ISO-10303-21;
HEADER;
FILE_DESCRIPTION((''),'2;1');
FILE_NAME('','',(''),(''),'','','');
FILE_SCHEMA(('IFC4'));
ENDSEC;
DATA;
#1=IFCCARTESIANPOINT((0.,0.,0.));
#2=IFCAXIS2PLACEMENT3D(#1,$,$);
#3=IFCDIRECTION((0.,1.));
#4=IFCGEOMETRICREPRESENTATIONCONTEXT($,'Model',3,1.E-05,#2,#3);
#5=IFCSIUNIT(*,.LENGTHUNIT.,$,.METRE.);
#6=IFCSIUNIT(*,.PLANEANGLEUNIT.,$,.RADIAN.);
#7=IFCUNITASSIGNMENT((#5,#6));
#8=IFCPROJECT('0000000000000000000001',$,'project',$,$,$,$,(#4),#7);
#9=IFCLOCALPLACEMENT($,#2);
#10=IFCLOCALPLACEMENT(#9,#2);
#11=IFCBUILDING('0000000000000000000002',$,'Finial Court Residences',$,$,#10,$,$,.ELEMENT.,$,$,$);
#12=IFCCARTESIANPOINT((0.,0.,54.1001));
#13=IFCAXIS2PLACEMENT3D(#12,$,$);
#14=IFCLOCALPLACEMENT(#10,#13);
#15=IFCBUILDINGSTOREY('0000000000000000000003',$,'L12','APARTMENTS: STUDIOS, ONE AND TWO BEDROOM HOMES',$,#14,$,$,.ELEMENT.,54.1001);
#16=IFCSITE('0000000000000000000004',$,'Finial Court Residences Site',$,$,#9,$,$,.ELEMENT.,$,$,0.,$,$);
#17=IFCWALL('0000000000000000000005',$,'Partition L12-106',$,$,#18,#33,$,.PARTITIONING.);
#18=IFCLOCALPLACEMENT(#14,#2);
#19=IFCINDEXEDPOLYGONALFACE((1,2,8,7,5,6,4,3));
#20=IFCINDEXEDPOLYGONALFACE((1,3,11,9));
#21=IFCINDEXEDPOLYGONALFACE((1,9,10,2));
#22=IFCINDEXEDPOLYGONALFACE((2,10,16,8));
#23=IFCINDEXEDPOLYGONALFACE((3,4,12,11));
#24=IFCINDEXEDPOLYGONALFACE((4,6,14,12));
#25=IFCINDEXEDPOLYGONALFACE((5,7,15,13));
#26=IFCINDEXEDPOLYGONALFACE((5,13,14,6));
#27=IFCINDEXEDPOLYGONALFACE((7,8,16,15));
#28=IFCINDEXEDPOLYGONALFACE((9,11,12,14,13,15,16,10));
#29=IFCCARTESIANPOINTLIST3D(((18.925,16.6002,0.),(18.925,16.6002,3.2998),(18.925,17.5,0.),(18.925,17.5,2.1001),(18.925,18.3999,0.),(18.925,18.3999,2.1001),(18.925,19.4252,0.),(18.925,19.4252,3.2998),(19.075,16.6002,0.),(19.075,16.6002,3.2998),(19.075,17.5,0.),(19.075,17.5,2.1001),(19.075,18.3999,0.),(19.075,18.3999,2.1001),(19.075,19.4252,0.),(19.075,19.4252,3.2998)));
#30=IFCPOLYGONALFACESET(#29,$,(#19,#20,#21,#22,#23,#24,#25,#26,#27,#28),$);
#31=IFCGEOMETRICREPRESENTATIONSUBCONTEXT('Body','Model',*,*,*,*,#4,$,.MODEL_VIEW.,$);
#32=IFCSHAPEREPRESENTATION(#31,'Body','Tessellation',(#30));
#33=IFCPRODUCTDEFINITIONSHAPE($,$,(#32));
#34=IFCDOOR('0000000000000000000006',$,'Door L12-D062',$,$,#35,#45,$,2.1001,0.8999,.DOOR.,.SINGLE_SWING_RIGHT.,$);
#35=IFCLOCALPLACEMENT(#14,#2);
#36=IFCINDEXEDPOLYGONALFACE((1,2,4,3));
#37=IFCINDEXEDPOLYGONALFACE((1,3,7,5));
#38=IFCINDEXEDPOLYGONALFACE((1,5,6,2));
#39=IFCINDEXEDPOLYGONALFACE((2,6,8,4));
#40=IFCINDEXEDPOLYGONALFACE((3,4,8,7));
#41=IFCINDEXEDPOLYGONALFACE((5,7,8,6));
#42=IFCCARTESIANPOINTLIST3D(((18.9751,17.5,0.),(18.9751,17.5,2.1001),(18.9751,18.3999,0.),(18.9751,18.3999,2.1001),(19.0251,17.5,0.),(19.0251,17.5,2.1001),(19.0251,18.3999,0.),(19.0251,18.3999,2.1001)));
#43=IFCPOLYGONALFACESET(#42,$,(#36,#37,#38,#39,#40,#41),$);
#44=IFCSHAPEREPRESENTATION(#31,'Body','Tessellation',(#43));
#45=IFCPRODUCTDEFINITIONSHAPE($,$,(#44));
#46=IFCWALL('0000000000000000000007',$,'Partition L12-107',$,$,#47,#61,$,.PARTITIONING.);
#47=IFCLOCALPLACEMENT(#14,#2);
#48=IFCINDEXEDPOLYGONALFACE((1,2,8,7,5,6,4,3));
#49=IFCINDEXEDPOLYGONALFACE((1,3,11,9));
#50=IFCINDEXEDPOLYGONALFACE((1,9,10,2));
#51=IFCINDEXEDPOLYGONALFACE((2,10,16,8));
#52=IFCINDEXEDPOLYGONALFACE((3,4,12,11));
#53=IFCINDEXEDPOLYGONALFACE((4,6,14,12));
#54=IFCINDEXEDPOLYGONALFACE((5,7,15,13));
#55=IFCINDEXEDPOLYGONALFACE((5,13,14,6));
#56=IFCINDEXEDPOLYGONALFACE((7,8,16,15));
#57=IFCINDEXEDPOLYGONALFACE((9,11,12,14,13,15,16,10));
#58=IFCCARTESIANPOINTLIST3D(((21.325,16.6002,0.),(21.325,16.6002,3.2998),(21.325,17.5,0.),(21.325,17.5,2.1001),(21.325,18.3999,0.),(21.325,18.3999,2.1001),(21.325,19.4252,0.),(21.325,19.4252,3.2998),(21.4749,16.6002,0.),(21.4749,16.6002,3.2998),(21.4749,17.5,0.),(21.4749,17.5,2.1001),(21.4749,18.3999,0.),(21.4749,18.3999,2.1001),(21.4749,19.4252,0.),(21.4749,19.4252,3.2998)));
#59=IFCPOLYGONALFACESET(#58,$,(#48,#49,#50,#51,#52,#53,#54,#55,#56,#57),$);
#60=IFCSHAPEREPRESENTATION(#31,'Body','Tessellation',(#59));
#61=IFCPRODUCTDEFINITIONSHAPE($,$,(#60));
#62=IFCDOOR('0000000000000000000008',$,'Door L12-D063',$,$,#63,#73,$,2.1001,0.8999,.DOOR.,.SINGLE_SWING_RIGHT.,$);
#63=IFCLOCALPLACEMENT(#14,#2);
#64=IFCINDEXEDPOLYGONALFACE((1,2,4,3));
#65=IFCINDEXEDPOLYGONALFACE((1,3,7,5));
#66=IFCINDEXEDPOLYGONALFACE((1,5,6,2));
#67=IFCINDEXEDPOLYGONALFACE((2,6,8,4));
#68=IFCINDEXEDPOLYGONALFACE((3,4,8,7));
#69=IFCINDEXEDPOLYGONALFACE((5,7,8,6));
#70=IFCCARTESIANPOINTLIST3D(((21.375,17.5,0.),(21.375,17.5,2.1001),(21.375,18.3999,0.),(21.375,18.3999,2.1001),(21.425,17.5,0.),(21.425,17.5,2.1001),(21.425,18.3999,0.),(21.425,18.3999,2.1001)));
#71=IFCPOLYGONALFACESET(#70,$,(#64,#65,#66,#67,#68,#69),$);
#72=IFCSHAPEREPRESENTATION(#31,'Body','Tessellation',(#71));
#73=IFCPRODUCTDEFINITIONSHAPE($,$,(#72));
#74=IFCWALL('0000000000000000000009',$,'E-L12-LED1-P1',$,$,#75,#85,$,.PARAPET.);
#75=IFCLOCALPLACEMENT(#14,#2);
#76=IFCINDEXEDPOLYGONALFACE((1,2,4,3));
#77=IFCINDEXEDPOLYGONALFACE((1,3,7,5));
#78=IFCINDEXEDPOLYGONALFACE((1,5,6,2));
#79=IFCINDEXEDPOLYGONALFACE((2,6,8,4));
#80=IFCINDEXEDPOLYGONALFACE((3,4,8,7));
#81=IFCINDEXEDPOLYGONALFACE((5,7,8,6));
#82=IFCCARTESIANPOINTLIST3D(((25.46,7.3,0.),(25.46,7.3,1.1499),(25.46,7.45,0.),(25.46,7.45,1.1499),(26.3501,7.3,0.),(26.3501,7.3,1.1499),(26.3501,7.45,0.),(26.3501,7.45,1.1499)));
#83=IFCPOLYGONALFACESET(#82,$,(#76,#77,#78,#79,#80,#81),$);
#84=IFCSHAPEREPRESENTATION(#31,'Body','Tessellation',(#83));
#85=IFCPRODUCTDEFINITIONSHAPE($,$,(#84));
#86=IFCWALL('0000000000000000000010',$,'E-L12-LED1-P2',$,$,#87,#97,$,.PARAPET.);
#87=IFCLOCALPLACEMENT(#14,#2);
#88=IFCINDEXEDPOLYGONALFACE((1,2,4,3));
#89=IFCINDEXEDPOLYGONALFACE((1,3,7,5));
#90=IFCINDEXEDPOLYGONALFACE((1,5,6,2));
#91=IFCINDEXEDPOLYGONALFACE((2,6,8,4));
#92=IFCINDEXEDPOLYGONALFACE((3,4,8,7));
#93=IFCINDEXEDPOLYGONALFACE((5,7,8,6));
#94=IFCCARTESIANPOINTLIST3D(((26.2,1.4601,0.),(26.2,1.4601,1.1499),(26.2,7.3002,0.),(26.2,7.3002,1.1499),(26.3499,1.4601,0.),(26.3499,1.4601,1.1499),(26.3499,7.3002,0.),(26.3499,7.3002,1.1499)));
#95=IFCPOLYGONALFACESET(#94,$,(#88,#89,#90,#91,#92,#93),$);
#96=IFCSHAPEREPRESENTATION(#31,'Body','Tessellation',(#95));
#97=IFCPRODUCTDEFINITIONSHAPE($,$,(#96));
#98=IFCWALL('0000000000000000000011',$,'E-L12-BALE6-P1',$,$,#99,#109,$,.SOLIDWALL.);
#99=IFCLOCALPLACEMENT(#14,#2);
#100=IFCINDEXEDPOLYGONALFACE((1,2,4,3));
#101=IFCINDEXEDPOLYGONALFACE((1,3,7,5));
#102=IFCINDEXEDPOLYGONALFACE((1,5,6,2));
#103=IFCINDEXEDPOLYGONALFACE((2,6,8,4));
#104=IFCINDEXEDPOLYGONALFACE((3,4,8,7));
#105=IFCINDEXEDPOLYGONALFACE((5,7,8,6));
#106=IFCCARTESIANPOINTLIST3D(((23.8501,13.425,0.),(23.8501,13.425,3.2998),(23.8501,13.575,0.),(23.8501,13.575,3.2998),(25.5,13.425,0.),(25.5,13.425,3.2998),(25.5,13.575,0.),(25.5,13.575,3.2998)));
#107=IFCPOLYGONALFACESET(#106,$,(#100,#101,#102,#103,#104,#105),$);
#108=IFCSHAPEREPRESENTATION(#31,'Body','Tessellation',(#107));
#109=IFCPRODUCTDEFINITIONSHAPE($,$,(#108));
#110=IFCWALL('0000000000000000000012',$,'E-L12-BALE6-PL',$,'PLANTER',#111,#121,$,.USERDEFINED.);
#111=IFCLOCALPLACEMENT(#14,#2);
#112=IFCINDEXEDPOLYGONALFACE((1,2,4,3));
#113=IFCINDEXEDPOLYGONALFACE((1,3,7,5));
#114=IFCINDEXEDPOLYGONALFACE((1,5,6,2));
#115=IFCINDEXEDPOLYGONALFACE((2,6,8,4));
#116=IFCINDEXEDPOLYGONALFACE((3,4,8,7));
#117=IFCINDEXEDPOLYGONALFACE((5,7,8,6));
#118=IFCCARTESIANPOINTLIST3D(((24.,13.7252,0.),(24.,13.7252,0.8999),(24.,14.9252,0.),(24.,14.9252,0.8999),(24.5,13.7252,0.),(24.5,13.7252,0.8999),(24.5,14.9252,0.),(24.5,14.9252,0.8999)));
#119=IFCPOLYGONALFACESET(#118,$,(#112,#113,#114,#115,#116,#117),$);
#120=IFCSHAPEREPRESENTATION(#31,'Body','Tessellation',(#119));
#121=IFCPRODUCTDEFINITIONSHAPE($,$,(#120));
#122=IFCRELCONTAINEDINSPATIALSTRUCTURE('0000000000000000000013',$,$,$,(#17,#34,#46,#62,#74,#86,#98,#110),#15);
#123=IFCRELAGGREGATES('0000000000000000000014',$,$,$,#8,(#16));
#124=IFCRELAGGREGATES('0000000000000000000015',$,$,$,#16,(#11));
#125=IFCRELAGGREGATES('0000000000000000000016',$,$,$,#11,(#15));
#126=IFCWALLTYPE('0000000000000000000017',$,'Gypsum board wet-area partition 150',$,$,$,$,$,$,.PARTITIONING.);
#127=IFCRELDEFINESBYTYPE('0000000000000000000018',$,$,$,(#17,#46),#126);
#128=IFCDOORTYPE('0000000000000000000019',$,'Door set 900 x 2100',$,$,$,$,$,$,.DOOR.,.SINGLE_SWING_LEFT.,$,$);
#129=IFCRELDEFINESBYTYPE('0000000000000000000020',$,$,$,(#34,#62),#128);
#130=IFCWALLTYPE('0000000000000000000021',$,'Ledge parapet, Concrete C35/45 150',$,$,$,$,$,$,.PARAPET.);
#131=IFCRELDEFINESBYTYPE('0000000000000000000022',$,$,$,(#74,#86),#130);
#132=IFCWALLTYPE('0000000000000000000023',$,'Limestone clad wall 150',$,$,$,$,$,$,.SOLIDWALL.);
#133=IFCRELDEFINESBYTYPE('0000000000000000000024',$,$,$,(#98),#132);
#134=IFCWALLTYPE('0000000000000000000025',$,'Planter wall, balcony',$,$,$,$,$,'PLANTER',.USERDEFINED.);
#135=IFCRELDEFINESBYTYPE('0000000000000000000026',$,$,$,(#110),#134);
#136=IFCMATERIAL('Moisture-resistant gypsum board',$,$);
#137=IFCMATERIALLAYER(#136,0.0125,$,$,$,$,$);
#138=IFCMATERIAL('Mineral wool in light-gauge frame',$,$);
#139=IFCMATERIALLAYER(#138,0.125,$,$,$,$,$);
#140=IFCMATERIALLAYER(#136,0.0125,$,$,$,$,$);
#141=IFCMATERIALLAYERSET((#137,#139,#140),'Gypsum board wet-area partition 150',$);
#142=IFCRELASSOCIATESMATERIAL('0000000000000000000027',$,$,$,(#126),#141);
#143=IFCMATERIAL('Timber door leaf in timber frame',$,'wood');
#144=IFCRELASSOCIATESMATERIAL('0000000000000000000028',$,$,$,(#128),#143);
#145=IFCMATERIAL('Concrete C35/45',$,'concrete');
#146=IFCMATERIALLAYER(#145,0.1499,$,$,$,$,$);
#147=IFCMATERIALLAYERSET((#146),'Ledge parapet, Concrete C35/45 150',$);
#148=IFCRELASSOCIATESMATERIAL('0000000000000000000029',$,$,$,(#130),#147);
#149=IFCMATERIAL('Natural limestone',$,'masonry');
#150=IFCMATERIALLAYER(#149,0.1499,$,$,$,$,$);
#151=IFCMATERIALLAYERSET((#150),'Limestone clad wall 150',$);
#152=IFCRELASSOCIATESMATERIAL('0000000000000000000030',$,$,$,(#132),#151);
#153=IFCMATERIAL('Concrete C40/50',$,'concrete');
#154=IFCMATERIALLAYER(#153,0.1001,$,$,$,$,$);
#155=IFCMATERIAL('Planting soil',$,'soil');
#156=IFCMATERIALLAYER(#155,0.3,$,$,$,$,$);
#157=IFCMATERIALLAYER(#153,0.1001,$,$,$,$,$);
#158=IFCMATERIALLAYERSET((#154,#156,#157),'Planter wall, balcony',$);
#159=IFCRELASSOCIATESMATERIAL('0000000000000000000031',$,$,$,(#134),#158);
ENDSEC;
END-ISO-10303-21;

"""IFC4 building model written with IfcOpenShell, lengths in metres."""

from ifc_helpers import new_model, si_unit, direction, frame, frame_2d, origin, place, context, subcontext, project, spatial, rectangle, extrude, material, layer, layer_set, type_object, element, fill, save


model = new_model("IFC4")

# Units and contexts
model_context = context("Model", 3, precision=1e-05, world=origin(), true_north=direction((0.0, 1.0)))
body_context = subcontext(model_context, "Body", "Model", "MODEL_VIEW")
ifc_project = project(units=[si_unit("LENGTHUNIT", "METRE"), si_unit("PLANEANGLEUNIT", "RADIAN")], contexts=[model_context])

# Site, building, storey
site_placement = place(None, origin())
site = spatial("IfcSite", under=ifc_project, at=site_placement, Name="Finial Court Residences Site", CompositionType="ELEMENT", RefElevation=0.0)
building_placement = place(site_placement, origin())
building = spatial("IfcBuilding", under=site, at=building_placement, Name="Finial Court Residences", CompositionType="ELEMENT")
storey_placement = place(building_placement, frame((0.0, 0.0, 54.1001)))
storey = spatial("IfcBuildingStorey", under=building, at=storey_placement, Name="L12", Description="APARTMENTS: STUDIOS, ONE AND TWO BEDROOM HOMES", CompositionType="ELEMENT", Elevation=54.1001)

# Walls, openings, doors
ifc_material_1 = material(Name="Moisture-resistant gypsum board")
ifc_layer_1 = layer(ifc_material_1, 0.0125)
ifc_material_2 = material(Name="Mineral wool in light-gauge frame")
ifc_layer_2 = layer(ifc_material_2, 0.125)
ifc_layer_3 = layer(ifc_material_1, 0.0125)
ifc_layer_set_1 = layer_set([ifc_layer_1, ifc_layer_2, ifc_layer_3], Name="Gypsum board wet-area partition 150")
wall_type_1 = type_object("IfcWallType", Name="Gypsum board wet-area partition 150", PredefinedType="PARTITIONING", material=ifc_layer_set_1)
wall_1_placement = place(storey_placement, frame((19.0, 16.6001, 0.0), z_axis=(0.0, 0.0, 1.0), x_axis=(0.0, 1.0, 0.0)))
wall_1 = element("IfcWall", 1, at=wall_1_placement, inside=storey, type_object=wall_type_1, Name="Partition L12-106", PredefinedType="PARTITIONING", context=body_context, shape_type="SweptSolid", body=[
    extrude(rectangle(XDim=2.825, YDim=0.1499, at=frame_2d((1.4126, 0.0))), origin(), (0.0, 0.0, 1.0), 3.2998),
])
opening_1_placement = place(wall_1_placement, frame((0.8999, 0.0, 0.0)))
opening_1 = element("IfcOpeningElement", 2, at=opening_1_placement, cuts=wall_1, PredefinedType="OPENING", context=body_context, shape_type="SweptSolid", body=[
    extrude(rectangle(XDim=0.8999, YDim=2.1001, at=frame_2d((0.45, 1.05))), frame((0.0, 0.085, 0.0), z_axis=(0.0, -1.0, 0.0), x_axis=(1.0, 0.0, 0.0)), (0.0, 0.0, 1.0), 0.1699),
])
ifc_material_3 = material(Name="Timber door leaf in timber frame", Category="wood")
door_type_1 = type_object("IfcDoorType", Name="Door set 900 x 2100", OperationType="SINGLE_SWING_LEFT", PredefinedType="DOOR", material=ifc_material_3)
door_1_placement = place(opening_1_placement, origin())
door_1 = element("IfcDoor", 3, at=door_1_placement, inside=storey, type_object=door_type_1, Name="Door L12-D062", OperationType="SINGLE_SWING_RIGHT", OverallHeight=2.1001, OverallWidth=0.8999, PredefinedType="DOOR", context=body_context, shape_type="SweptSolid", body=[
    extrude(rectangle(XDim=0.8999, YDim=2.1001, at=frame_2d((0.45, 1.05))), frame((0.0, 0.0249, 0.0), z_axis=(0.0, -1.0, 0.0), x_axis=(1.0, 0.0, 0.0)), (0.0, 0.0, 1.0), 0.05),
])
fill(opening_1, door_1)
wall_2_placement = place(storey_placement, frame((21.3999, 16.6001, 0.0), z_axis=(0.0, 0.0, 1.0), x_axis=(0.0, 1.0, 0.0)))
wall_2 = element("IfcWall", 4, at=wall_2_placement, inside=storey, type_object=wall_type_1, Name="Partition L12-107", PredefinedType="PARTITIONING", context=body_context, shape_type="SweptSolid", body=[
    extrude(rectangle(XDim=2.825, YDim=0.1499, at=frame_2d((1.4126, 0.0))), origin(), (0.0, 0.0, 1.0), 3.2998),
])
opening_2_placement = place(wall_2_placement, frame((0.8999, 0.0, 0.0)))
opening_2 = element("IfcOpeningElement", 5, at=opening_2_placement, cuts=wall_2, PredefinedType="OPENING", context=body_context, shape_type="SweptSolid", body=[
    extrude(rectangle(XDim=0.8999, YDim=2.1001, at=frame_2d((0.45, 1.05))), frame((0.0, 0.085, 0.0), z_axis=(0.0, -1.0, 0.0), x_axis=(1.0, 0.0, 0.0)), (0.0, 0.0, 1.0), 0.1699),
])
door_2_placement = place(opening_2_placement, origin())
door_2 = element("IfcDoor", 6, at=door_2_placement, inside=storey, type_object=door_type_1, Name="Door L12-D063", OperationType="SINGLE_SWING_RIGHT", OverallHeight=2.1001, OverallWidth=0.8999, PredefinedType="DOOR", context=body_context, shape_type="SweptSolid", body=[
    extrude(rectangle(XDim=0.8999, YDim=2.1001, at=frame_2d((0.45, 1.05))), frame((0.0, 0.0249, 0.0), z_axis=(0.0, -1.0, 0.0), x_axis=(1.0, 0.0, 0.0)), (0.0, 0.0, 1.0), 0.05),
])
fill(opening_2, door_2)

# Walls
ifc_material_4 = material(Name="Concrete C35/45", Category="concrete")
ifc_layer_4 = layer(ifc_material_4, 0.1499)
ifc_layer_set_2 = layer_set([ifc_layer_4], Name="Ledge parapet, Concrete C35/45 150")
wall_type_2 = type_object("IfcWallType", Name="Ledge parapet, Concrete C35/45 150", PredefinedType="PARAPET", material=ifc_layer_set_2)
wall_3_placement = place(storey_placement, frame((25.46, 7.375, 0.0), z_axis=(0.0, 0.0, 1.0), x_axis=(1.0, 0.0, 0.0)))
element("IfcWall", 7, at=wall_3_placement, inside=storey, type_object=wall_type_2, Name="E-L12-LED1-P1", PredefinedType="PARAPET", context=body_context, shape_type="SweptSolid", body=[
    extrude(rectangle(XDim=0.8901, YDim=0.1499, at=frame_2d((0.4451, 0.0))), origin(), (0.0, 0.0, 1.0), 1.1499),
])
wall_4_placement = place(storey_placement, frame((26.2749, 7.3, 0.0), z_axis=(0.0, 0.0, 1.0), x_axis=(0.0, -1.0, 0.0)))
element("IfcWall", 8, at=wall_4_placement, inside=storey, type_object=wall_type_2, Name="E-L12-LED1-P2", PredefinedType="PARAPET", context=body_context, shape_type="SweptSolid", body=[
    extrude(rectangle(XDim=5.8401, YDim=0.1499, at=frame_2d((2.9199, 0.0))), origin(), (0.0, 0.0, 1.0), 1.1499),
])
ifc_material_5 = material(Name="Natural limestone", Category="masonry")
ifc_layer_5 = layer(ifc_material_5, 0.1499)
ifc_layer_set_3 = layer_set([ifc_layer_5], Name="Limestone clad wall 150")
wall_type_3 = type_object("IfcWallType", Name="Limestone clad wall 150", PredefinedType="SOLIDWALL", material=ifc_layer_set_3)
wall_5_placement = place(storey_placement, frame((23.8501, 13.5, 0.0), z_axis=(0.0, 0.0, 1.0), x_axis=(1.0, 0.0, 0.0)))
element("IfcWall", 9, at=wall_5_placement, inside=storey, type_object=wall_type_3, Name="E-L12-BALE6-P1", PredefinedType="SOLIDWALL", context=body_context, shape_type="SweptSolid", body=[
    extrude(rectangle(XDim=1.6499, YDim=0.1499, at=frame_2d((0.825, 0.0))), origin(), (0.0, 0.0, 1.0), 3.2998),
])

# Wall
ifc_material_6 = material(Name="Concrete C40/50", Category="concrete")
ifc_layer_6 = layer(ifc_material_6, 0.1001)
ifc_material_7 = material(Name="Planting soil", Category="soil")
ifc_layer_7 = layer(ifc_material_7, 0.3)
ifc_layer_8 = layer(ifc_material_6, 0.1001)
ifc_layer_set_4 = layer_set([ifc_layer_6, ifc_layer_7, ifc_layer_8], Name="Planter wall, balcony")
wall_type_4 = type_object("IfcWallType", Name="Planter wall, balcony", ElementType="PLANTER", PredefinedType="USERDEFINED", material=ifc_layer_set_4)
wall_6_placement = place(storey_placement, frame((24.25, 13.7251, 0.0), z_axis=(0.0, 0.0, 1.0), x_axis=(0.0, 1.0, 0.0)))
element("IfcWall", 10, at=wall_6_placement, inside=storey, type_object=wall_type_4, Name="E-L12-BALE6-PL", ObjectType="PLANTER", PredefinedType="USERDEFINED", context=body_context, shape_type="SweptSolid", body=[
    extrude(rectangle(XDim=1.2, YDim=0.5, at=frame_2d((0.6001, 0.0))), origin(), (0.0, 0.0, 1.0), 0.8999),
])

save(model, "model.ifc")
